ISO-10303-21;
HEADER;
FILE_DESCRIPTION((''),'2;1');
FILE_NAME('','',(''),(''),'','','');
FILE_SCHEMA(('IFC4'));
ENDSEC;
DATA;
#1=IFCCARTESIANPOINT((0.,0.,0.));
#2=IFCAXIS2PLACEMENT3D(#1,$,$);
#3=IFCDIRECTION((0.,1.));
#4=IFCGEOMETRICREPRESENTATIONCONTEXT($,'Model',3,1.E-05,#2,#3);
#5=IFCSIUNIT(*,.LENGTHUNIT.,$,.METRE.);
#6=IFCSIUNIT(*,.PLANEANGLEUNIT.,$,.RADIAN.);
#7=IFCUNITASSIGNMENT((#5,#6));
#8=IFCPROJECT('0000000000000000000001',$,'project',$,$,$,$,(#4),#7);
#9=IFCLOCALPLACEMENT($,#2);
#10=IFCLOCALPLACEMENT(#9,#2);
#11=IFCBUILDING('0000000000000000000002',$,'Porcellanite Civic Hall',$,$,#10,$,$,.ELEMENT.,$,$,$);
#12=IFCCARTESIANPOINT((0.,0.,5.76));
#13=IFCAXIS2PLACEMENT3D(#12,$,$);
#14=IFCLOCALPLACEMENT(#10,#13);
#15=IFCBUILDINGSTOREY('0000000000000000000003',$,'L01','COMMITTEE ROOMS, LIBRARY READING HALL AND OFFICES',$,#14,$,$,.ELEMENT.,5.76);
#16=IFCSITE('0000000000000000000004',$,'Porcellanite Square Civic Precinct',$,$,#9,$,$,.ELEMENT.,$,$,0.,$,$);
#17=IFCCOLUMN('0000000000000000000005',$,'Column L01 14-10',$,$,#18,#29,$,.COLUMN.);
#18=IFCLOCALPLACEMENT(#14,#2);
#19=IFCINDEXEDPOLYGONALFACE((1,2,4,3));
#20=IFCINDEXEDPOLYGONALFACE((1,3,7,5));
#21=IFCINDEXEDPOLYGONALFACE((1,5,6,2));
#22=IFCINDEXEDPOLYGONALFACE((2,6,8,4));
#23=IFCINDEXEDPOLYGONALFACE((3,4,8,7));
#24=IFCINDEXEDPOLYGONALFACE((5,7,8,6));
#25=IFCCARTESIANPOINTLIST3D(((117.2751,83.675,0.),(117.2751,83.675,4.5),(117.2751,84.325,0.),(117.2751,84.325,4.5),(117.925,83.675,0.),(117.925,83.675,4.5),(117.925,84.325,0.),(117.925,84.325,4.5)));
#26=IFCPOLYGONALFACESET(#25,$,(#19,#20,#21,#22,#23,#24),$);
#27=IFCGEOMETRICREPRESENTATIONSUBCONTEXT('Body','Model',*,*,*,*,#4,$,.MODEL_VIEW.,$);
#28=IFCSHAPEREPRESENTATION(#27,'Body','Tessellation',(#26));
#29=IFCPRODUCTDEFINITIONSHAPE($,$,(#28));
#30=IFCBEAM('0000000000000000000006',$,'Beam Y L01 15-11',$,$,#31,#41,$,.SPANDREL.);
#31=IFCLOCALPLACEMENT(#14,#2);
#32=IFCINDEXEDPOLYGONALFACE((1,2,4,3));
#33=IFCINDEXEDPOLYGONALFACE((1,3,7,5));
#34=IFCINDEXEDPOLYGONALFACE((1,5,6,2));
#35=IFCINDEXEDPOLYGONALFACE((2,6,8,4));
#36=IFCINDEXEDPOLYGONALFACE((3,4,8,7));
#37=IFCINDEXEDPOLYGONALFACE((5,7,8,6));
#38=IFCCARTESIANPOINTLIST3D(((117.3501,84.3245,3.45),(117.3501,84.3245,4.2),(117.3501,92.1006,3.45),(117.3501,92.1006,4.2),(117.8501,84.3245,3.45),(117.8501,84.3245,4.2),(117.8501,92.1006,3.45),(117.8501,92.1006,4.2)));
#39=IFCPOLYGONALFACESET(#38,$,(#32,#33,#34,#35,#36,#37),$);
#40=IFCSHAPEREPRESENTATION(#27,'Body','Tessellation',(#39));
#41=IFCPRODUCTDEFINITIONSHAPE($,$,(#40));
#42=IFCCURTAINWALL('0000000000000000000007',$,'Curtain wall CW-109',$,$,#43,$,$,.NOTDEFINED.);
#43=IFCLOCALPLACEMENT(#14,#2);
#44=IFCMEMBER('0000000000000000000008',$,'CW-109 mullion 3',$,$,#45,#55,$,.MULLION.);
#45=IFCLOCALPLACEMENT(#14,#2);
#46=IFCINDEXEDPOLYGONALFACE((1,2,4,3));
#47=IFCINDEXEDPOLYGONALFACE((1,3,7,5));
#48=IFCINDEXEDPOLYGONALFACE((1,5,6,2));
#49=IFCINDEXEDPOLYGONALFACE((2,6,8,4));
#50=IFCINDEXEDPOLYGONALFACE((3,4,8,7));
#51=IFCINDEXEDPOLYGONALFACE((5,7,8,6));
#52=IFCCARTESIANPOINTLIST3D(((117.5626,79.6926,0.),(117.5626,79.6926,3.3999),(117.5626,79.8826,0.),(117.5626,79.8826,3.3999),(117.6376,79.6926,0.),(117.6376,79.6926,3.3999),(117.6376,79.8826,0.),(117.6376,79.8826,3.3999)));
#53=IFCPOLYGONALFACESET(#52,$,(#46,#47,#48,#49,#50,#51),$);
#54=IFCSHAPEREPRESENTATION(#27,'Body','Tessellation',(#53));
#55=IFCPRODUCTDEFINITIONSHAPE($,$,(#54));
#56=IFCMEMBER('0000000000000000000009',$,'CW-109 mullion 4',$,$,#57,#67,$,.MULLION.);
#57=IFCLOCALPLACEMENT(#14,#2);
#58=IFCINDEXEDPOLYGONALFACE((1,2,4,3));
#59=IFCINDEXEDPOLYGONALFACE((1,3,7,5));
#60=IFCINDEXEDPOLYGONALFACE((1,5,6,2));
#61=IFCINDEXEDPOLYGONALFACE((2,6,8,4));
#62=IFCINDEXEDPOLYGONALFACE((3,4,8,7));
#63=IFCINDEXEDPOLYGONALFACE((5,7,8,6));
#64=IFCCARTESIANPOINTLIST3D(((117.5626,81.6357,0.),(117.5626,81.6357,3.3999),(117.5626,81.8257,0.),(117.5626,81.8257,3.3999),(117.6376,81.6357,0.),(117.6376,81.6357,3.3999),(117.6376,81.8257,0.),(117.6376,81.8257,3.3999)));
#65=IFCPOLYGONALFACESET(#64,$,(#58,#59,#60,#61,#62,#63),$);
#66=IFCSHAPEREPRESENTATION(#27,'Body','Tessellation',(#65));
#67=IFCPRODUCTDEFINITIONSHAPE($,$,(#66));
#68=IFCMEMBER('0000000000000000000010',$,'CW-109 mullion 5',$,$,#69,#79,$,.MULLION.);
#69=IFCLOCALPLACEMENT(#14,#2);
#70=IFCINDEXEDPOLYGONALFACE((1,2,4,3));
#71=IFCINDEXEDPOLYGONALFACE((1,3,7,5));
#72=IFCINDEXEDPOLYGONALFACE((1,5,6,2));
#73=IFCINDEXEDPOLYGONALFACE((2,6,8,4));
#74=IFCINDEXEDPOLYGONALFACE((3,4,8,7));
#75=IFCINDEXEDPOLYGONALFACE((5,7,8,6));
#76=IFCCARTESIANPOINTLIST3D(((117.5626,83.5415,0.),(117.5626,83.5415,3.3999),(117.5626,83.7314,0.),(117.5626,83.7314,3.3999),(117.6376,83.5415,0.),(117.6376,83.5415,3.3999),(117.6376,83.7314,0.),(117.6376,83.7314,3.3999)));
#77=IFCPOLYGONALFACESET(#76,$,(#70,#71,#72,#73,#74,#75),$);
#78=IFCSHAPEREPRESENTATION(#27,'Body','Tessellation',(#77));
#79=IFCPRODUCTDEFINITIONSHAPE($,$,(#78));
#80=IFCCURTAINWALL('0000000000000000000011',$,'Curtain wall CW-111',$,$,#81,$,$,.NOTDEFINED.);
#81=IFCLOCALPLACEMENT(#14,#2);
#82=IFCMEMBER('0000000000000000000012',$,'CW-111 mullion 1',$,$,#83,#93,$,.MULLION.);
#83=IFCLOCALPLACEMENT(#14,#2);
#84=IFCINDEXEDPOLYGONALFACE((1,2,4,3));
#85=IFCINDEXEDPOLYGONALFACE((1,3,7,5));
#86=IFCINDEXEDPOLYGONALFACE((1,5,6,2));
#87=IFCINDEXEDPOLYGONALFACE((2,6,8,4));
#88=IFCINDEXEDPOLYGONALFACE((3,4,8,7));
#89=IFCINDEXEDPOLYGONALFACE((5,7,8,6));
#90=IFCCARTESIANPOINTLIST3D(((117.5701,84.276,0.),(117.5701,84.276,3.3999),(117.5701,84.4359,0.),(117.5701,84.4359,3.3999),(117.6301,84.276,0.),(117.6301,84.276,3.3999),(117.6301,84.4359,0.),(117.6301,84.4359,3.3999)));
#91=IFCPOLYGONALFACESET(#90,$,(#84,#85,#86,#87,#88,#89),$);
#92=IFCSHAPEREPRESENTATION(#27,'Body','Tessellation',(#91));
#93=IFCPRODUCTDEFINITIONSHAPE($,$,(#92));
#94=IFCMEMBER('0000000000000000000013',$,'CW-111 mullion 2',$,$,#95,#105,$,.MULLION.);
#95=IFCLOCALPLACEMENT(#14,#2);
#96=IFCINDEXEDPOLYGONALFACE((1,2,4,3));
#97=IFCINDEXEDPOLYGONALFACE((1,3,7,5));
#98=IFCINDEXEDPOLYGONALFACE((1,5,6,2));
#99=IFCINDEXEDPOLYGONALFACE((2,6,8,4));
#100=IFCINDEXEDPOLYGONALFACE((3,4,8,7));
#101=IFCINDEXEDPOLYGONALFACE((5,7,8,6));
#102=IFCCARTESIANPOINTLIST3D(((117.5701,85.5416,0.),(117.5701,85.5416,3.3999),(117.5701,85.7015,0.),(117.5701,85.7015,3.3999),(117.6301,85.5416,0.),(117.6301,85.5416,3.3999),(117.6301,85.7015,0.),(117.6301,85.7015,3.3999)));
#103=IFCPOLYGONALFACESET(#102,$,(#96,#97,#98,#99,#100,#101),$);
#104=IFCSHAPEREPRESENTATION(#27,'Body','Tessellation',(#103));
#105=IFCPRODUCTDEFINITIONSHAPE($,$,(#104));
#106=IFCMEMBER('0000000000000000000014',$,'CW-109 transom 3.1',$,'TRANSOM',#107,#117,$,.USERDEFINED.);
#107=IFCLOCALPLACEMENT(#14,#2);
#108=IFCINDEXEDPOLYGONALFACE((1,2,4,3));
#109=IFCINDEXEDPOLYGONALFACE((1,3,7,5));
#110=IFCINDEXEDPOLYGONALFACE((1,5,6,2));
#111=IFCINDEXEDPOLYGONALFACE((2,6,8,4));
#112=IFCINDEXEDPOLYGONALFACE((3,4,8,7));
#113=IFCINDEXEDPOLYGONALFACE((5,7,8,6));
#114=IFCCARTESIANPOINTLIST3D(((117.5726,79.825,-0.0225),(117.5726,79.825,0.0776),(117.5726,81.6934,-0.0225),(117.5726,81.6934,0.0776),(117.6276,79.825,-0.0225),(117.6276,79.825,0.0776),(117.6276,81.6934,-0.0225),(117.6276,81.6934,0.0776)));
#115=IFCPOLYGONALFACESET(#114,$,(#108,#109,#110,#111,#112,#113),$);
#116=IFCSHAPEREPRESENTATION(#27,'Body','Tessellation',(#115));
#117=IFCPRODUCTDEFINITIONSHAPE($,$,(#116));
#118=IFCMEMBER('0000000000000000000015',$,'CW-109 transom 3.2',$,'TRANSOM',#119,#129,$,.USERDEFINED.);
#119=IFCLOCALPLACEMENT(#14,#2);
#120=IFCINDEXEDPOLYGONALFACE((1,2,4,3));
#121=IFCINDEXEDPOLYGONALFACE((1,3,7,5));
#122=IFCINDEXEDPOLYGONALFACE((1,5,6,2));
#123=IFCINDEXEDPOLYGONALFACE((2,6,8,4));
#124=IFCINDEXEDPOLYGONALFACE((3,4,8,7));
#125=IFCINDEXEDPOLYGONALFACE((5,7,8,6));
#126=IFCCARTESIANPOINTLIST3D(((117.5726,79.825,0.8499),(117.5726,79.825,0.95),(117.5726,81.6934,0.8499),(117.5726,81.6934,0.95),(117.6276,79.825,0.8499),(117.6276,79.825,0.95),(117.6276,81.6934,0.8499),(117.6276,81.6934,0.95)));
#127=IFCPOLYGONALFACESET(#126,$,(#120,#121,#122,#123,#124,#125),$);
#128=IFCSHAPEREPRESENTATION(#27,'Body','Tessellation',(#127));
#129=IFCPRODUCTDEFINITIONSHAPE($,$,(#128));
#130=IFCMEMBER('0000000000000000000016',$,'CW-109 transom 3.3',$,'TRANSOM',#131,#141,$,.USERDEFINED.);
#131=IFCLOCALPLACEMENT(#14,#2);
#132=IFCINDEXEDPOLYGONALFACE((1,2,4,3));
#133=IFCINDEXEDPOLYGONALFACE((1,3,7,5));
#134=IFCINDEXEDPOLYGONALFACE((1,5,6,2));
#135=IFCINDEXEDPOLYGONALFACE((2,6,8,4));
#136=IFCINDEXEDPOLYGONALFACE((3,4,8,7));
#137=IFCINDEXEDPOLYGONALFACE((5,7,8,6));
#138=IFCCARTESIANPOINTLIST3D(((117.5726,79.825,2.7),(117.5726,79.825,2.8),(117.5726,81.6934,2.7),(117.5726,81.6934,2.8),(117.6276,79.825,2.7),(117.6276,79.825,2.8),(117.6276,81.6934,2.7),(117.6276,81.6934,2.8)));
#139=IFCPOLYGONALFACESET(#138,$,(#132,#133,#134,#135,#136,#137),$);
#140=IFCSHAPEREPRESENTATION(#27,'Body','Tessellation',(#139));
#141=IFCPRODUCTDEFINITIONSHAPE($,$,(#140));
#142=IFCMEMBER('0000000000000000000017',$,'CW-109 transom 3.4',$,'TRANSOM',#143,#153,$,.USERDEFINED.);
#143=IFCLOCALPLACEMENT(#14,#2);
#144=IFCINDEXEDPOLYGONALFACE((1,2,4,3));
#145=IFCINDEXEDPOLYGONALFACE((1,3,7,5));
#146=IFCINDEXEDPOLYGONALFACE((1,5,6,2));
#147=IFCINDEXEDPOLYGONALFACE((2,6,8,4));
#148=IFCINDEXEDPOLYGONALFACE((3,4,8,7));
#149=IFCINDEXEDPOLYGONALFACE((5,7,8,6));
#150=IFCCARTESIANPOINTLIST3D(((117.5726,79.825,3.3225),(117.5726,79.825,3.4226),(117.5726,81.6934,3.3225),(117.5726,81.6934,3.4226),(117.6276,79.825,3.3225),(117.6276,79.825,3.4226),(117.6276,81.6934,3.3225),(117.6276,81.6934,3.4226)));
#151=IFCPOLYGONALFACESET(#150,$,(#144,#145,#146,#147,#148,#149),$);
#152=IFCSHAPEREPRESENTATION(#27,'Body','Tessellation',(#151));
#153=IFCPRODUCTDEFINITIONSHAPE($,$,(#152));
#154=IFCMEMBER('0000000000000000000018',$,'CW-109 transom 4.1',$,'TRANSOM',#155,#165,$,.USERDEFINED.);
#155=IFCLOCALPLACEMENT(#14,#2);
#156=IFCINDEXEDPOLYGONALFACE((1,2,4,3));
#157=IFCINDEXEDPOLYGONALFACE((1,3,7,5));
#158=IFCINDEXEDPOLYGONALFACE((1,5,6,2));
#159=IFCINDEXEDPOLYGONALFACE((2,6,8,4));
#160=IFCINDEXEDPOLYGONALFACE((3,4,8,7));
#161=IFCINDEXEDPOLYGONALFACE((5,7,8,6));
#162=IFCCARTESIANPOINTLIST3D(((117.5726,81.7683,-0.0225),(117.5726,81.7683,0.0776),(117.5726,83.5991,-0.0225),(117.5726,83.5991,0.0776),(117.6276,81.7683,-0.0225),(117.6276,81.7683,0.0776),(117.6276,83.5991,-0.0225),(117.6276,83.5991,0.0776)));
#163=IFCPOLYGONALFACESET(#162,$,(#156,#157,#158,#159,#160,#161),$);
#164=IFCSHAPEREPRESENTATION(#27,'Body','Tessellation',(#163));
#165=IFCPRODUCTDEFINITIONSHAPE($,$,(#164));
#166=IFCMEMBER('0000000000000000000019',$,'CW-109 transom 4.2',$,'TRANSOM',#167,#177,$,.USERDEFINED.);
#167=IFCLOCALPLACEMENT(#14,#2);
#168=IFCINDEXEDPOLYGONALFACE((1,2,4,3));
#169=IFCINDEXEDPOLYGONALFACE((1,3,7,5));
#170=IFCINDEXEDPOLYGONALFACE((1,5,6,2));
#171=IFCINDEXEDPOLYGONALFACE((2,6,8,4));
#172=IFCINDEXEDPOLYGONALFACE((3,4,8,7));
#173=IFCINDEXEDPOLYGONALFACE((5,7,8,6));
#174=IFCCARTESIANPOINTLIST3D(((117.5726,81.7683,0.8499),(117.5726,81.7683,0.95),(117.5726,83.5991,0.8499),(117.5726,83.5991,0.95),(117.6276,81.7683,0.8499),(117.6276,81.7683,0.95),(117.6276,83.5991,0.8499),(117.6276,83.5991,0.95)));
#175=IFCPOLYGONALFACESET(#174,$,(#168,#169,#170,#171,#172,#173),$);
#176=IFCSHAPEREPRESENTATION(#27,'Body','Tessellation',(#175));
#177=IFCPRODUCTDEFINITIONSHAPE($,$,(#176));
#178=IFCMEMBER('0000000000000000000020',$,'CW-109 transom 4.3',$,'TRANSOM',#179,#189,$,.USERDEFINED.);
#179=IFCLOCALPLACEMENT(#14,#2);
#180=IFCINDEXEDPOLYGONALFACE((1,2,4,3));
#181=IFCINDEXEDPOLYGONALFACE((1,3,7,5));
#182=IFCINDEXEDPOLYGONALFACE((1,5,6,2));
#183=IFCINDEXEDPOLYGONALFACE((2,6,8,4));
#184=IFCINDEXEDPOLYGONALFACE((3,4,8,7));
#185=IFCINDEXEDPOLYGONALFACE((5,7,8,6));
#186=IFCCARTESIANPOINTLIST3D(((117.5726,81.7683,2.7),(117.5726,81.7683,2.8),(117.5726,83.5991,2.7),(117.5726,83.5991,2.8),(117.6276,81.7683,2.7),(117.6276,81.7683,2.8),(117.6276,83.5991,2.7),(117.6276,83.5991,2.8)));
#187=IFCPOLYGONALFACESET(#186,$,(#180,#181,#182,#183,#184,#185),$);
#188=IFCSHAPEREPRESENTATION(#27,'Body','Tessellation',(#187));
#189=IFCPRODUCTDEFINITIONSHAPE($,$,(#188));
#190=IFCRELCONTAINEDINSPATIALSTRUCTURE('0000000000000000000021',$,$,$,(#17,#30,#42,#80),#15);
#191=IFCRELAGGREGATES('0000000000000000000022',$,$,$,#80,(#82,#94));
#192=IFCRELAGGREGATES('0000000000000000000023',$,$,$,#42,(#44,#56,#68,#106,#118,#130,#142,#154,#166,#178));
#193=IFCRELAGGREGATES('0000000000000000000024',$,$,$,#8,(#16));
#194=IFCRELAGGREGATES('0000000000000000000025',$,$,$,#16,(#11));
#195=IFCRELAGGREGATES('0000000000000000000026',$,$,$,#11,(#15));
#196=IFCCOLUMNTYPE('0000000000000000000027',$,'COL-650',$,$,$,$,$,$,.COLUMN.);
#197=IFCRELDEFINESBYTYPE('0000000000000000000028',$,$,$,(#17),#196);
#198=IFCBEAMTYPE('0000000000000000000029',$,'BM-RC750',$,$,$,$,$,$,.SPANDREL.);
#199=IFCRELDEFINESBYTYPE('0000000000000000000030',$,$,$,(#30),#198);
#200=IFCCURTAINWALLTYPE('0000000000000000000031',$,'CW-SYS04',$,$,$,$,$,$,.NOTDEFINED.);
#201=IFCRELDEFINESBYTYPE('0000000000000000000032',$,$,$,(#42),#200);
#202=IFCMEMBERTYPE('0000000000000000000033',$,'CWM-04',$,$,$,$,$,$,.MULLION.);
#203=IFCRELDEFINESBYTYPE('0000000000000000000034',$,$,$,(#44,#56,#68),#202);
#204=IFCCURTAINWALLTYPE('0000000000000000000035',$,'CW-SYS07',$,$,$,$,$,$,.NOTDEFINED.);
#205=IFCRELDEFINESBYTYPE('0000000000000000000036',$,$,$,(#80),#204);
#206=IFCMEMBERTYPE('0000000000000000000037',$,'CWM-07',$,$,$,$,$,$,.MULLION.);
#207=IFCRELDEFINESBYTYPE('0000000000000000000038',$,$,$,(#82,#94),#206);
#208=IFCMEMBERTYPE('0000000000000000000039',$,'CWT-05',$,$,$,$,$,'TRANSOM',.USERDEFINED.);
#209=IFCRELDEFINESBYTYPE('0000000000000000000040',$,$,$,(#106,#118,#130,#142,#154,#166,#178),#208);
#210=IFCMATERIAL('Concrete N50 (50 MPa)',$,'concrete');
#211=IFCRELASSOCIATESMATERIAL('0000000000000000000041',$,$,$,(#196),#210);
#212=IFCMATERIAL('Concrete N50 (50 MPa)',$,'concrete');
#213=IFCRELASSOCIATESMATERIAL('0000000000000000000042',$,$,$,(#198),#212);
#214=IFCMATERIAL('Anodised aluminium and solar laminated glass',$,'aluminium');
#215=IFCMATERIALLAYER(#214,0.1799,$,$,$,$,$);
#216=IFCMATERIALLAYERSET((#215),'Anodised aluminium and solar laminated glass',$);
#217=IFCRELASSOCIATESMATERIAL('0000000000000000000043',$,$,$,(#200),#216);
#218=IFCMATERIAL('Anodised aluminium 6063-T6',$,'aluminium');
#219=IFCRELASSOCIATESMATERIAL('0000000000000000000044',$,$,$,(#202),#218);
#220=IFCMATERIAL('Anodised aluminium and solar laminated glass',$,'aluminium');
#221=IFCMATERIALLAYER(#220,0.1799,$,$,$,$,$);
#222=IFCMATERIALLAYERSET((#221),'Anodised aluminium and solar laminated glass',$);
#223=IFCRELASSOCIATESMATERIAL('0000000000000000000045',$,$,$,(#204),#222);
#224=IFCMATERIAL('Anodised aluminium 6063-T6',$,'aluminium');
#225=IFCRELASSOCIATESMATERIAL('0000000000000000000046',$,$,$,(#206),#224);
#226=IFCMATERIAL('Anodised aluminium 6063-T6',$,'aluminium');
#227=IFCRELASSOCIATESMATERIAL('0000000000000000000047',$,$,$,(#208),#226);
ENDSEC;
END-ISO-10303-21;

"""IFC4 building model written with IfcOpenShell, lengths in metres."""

from ifc_helpers import new_model, si_unit, direction, frame, origin, origin_2d, place, context, subcontext, project, spatial, rectangle, extrude, material, layer, layer_set, material_profile, profile_set, type_object, element, aggregate, save


model = new_model("IFC4")

# Units and contexts
model_context = context("Model", 3, precision=1e-05, world=origin(), true_north=direction((0.0, 1.0)))
body_context = subcontext(model_context, "Body", "Model", "MODEL_VIEW")
ifc_project = project(units=[si_unit("LENGTHUNIT", "METRE"), si_unit("PLANEANGLEUNIT", "RADIAN")], contexts=[model_context])

# Site, building, storey
site_placement = place(None, origin())
site = spatial("IfcSite", under=ifc_project, at=site_placement, Name="Porcellanite Square Civic Precinct", CompositionType="ELEMENT", RefElevation=0.0)
building_placement = place(site_placement, origin())
building = spatial("IfcBuilding", under=site, at=building_placement, Name="Porcellanite Civic Hall", CompositionType="ELEMENT")
storey_placement = place(building_placement, frame((0.0, 0.0, 5.76)))
storey = spatial("IfcBuildingStorey", under=building, at=storey_placement, Name="L01", Description="COMMITTEE ROOMS, LIBRARY READING HALL AND OFFICES", CompositionType="ELEMENT", Elevation=5.76)

# Column
ifc_material_1 = material(Name="Concrete N50 (50 MPa)", Category="concrete")
ifc_material_profile_1 = material_profile(ifc_material_1, rectangle(XDim=0.6499, YDim=0.6499, at=origin_2d()), Name="RC-650x650")
ifc_profile_set_1 = profile_set([ifc_material_profile_1], Name="Concrete N50 (50 MPa)")
column_type = type_object("IfcColumnType", Name="COL-650", PredefinedType="COLUMN", material=ifc_profile_set_1)
column_placement = place(storey_placement, frame((117.6001, 84.0, 0.0), z_axis=(0.0, 0.0, 1.0), x_axis=(1.0, 0.0, 0.0)))
element("IfcColumn", 1, at=column_placement, inside=storey, type_object=column_type, Name="Column L01 14-10", PredefinedType="COLUMN", context=body_context, shape_type="SweptSolid", body=[
    extrude(rectangle(XDim=0.6499, YDim=0.6499, at=origin_2d()), origin(), (0.0, 0.0, 1.0), 4.5),
])

# Beam
ifc_material_2 = material(Name="Concrete N50 (50 MPa)", Category="concrete")
ifc_material_profile_2 = material_profile(ifc_material_2, rectangle(XDim=0.5, YDim=0.75, at=origin_2d()), Name="RC-500x750")
ifc_profile_set_2 = profile_set([ifc_material_profile_2], Name="Concrete N50 (50 MPa)")
beam_type = type_object("IfcBeamType", Name="BM-RC750", PredefinedType="SPANDREL", material=ifc_profile_set_2)
beam_placement = place(storey_placement, frame((117.6001, 84.3245, 3.825), z_axis=(0.0, 1.0, 0.0), x_axis=(-1.0, 0.0, 0.0)))
element("IfcBeam", 2, at=beam_placement, inside=storey, type_object=beam_type, Name="Beam Y L01 15-11", PredefinedType="SPANDREL", context=body_context, shape_type="SweptSolid", body=[
    extrude(rectangle(XDim=0.5, YDim=0.75, at=origin_2d()), origin(), (0.0, 0.0, 1.0), 7.7761),
])

# Curtain walls, members
ifc_material_3 = material(Name="Anodised aluminium and solar laminated glass", Category="aluminium")
ifc_layer_1 = layer(ifc_material_3, 0.1799)
ifc_layer_set_1 = layer_set([ifc_layer_1], Name="Anodised aluminium and solar laminated glass")
curtain_wall_type_1 = type_object("IfcCurtainWallType", Name="CW-SYS04", PredefinedType="NOTDEFINED", material=ifc_layer_set_1)
curtain_wall_1_placement = place(storey_placement, origin())
curtain_wall_1 = element("IfcCurtainWall", 3, at=curtain_wall_1_placement, inside=storey, type_object=curtain_wall_type_1, Name="Curtain wall CW-109", PredefinedType="NOTDEFINED")
ifc_material_4 = material(Name="Anodised aluminium 6063-T6", Category="aluminium")
ifc_material_profile_3 = material_profile(ifc_material_4, rectangle(XDim=0.075, YDim=0.1899, at=origin_2d()), Name="AL-75x190")
ifc_profile_set_3 = profile_set([ifc_material_profile_3], Name="Anodised aluminium 6063-T6")
member_type_1 = type_object("IfcMemberType", Name="CWM-04", PredefinedType="MULLION", material=ifc_profile_set_3)
member_1_placement = place(storey_placement, frame((117.6001, 79.7876, 0.0), z_axis=(0.0, 0.0, 1.0), x_axis=(-1.0, 0.0, 0.0)))
member_1 = element("IfcMember", 4, at=member_1_placement, type_object=member_type_1, Name="CW-109 mullion 3", PredefinedType="MULLION", context=body_context, shape_type="SweptSolid", body=[
    extrude(rectangle(XDim=0.075, YDim=0.1899, at=origin_2d()), origin(), (0.0, 0.0, 1.0), 3.3999),
])
member_2_placement = place(storey_placement, frame((117.6001, 81.7307, 0.0), z_axis=(0.0, 0.0, 1.0), x_axis=(-1.0, 0.0, 0.0)))
member_2 = element("IfcMember", 5, at=member_2_placement, type_object=member_type_1, Name="CW-109 mullion 4", PredefinedType="MULLION", context=body_context, shape_type="SweptSolid", body=[
    extrude(rectangle(XDim=0.075, YDim=0.1899, at=origin_2d()), origin(), (0.0, 0.0, 1.0), 3.3999),
])
member_3_placement = place(storey_placement, frame((117.6001, 83.6365, 0.0), z_axis=(0.0, 0.0, 1.0), x_axis=(-1.0, 0.0, 0.0)))
member_3 = element("IfcMember", 6, at=member_3_placement, type_object=member_type_1, Name="CW-109 mullion 5", PredefinedType="MULLION", context=body_context, shape_type="SweptSolid", body=[
    extrude(rectangle(XDim=0.075, YDim=0.1899, at=origin_2d()), origin(), (0.0, 0.0, 1.0), 3.3999),
])
ifc_material_5 = material(Name="Anodised aluminium and solar laminated glass", Category="aluminium")
ifc_layer_2 = layer(ifc_material_5, 0.1799)
ifc_layer_set_2 = layer_set([ifc_layer_2], Name="Anodised aluminium and solar laminated glass")
curtain_wall_type_2 = type_object("IfcCurtainWallType", Name="CW-SYS07", PredefinedType="NOTDEFINED", material=ifc_layer_set_2)
curtain_wall_2_placement = place(storey_placement, origin())
curtain_wall_2 = element("IfcCurtainWall", 7, at=curtain_wall_2_placement, inside=storey, type_object=curtain_wall_type_2, Name="Curtain wall CW-111", PredefinedType="NOTDEFINED")
ifc_material_6 = material(Name="Anodised aluminium 6063-T6", Category="aluminium")
ifc_material_profile_4 = material_profile(ifc_material_6, rectangle(XDim=0.0601, YDim=0.1599, at=origin_2d()), Name="AL-60x160")
ifc_profile_set_4 = profile_set([ifc_material_profile_4], Name="Anodised aluminium 6063-T6")
member_type_2 = type_object("IfcMemberType", Name="CWM-07", PredefinedType="MULLION", material=ifc_profile_set_4)
member_4_placement = place(storey_placement, frame((117.6001, 84.356, 0.0), z_axis=(0.0, 0.0, 1.0), x_axis=(-1.0, 0.0, 0.0)))
member_4 = element("IfcMember", 8, at=member_4_placement, type_object=member_type_2, Name="CW-111 mullion 1", PredefinedType="MULLION", context=body_context, shape_type="SweptSolid", body=[
    extrude(rectangle(XDim=0.0601, YDim=0.1599, at=origin_2d()), origin(), (0.0, 0.0, 1.0), 3.3999),
])
member_5_placement = place(storey_placement, frame((117.6001, 85.6216, 0.0), z_axis=(0.0, 0.0, 1.0), x_axis=(-1.0, 0.0, 0.0)))
member_5 = element("IfcMember", 9, at=member_5_placement, type_object=member_type_2, Name="CW-111 mullion 2", PredefinedType="MULLION", context=body_context, shape_type="SweptSolid", body=[
    extrude(rectangle(XDim=0.0601, YDim=0.1599, at=origin_2d()), origin(), (0.0, 0.0, 1.0), 3.3999),
])

# Members
ifc_material_7 = material(Name="Anodised aluminium 6063-T6", Category="aluminium")
ifc_material_profile_5 = material_profile(ifc_material_7, rectangle(XDim=0.0549, YDim=0.1001, at=origin_2d()), Name="AL-55x100")
ifc_profile_set_5 = profile_set([ifc_material_profile_5], Name="Anodised aluminium 6063-T6")
member_type_3 = type_object("IfcMemberType", Name="CWT-05", ElementType="TRANSOM", PredefinedType="USERDEFINED", material=ifc_profile_set_5)
member_6_placement = place(storey_placement, frame((117.6001, 79.825, 0.0276), z_axis=(0.0, 1.0, 0.0), x_axis=(-1.0, 0.0, 0.0)))
member_6 = element("IfcMember", 10, at=member_6_placement, type_object=member_type_3, Name="CW-109 transom 3.1", ObjectType="TRANSOM", PredefinedType="USERDEFINED", context=body_context, shape_type="SweptSolid", body=[
    extrude(rectangle(XDim=0.0549, YDim=0.1001, at=origin_2d()), origin(), (0.0, 0.0, 1.0), 1.8684),
])
member_7_placement = place(storey_placement, frame((117.6001, 79.825, 0.8999), z_axis=(0.0, 1.0, 0.0), x_axis=(-1.0, 0.0, 0.0)))
member_7 = element("IfcMember", 11, at=member_7_placement, type_object=member_type_3, Name="CW-109 transom 3.2", ObjectType="TRANSOM", PredefinedType="USERDEFINED", context=body_context, shape_type="SweptSolid", body=[
    extrude(rectangle(XDim=0.0549, YDim=0.1001, at=origin_2d()), origin(), (0.0, 0.0, 1.0), 1.8684),
])
member_8_placement = place(storey_placement, frame((117.6001, 79.825, 2.75), z_axis=(0.0, 1.0, 0.0), x_axis=(-1.0, 0.0, 0.0)))
member_8 = element("IfcMember", 12, at=member_8_placement, type_object=member_type_3, Name="CW-109 transom 3.3", ObjectType="TRANSOM", PredefinedType="USERDEFINED", context=body_context, shape_type="SweptSolid", body=[
    extrude(rectangle(XDim=0.0549, YDim=0.1001, at=origin_2d()), origin(), (0.0, 0.0, 1.0), 1.8684),
])
member_9_placement = place(storey_placement, frame((117.6001, 79.825, 3.3726), z_axis=(0.0, 1.0, 0.0), x_axis=(-1.0, 0.0, 0.0)))
member_9 = element("IfcMember", 13, at=member_9_placement, type_object=member_type_3, Name="CW-109 transom 3.4", ObjectType="TRANSOM", PredefinedType="USERDEFINED", context=body_context, shape_type="SweptSolid", body=[
    extrude(rectangle(XDim=0.0549, YDim=0.1001, at=origin_2d()), origin(), (0.0, 0.0, 1.0), 1.8684),
])
member_10_placement = place(storey_placement, frame((117.6001, 81.7683, 0.0276), z_axis=(0.0, 1.0, 0.0), x_axis=(-1.0, 0.0, 0.0)))
member_10 = element("IfcMember", 14, at=member_10_placement, type_object=member_type_3, Name="CW-109 transom 4.1", ObjectType="TRANSOM", PredefinedType="USERDEFINED", context=body_context, shape_type="SweptSolid", body=[
    extrude(rectangle(XDim=0.0549, YDim=0.1001, at=origin_2d()), origin(), (0.0, 0.0, 1.0), 1.8308),
])
member_11_placement = place(storey_placement, frame((117.6001, 81.7683, 0.8999), z_axis=(0.0, 1.0, 0.0), x_axis=(-1.0, 0.0, 0.0)))
member_11 = element("IfcMember", 15, at=member_11_placement, type_object=member_type_3, Name="CW-109 transom 4.2", ObjectType="TRANSOM", PredefinedType="USERDEFINED", context=body_context, shape_type="SweptSolid", body=[
    extrude(rectangle(XDim=0.0549, YDim=0.1001, at=origin_2d()), origin(), (0.0, 0.0, 1.0), 1.8308),
])
member_12_placement = place(storey_placement, frame((117.6001, 81.7683, 2.75), z_axis=(0.0, 1.0, 0.0), x_axis=(-1.0, 0.0, 0.0)))
member_12 = element("IfcMember", 16, at=member_12_placement, type_object=member_type_3, Name="CW-109 transom 4.3", ObjectType="TRANSOM", PredefinedType="USERDEFINED", context=body_context, shape_type="SweptSolid", body=[
    extrude(rectangle(XDim=0.0549, YDim=0.1001, at=origin_2d()), origin(), (0.0, 0.0, 1.0), 1.8308),
])

aggregate(curtain_wall_2, [member_4, member_5])
aggregate(curtain_wall_1, [member_1, member_2, member_3, member_6, member_7, member_8, member_9, member_10, member_11, member_12])

save(model, "model.ifc")
